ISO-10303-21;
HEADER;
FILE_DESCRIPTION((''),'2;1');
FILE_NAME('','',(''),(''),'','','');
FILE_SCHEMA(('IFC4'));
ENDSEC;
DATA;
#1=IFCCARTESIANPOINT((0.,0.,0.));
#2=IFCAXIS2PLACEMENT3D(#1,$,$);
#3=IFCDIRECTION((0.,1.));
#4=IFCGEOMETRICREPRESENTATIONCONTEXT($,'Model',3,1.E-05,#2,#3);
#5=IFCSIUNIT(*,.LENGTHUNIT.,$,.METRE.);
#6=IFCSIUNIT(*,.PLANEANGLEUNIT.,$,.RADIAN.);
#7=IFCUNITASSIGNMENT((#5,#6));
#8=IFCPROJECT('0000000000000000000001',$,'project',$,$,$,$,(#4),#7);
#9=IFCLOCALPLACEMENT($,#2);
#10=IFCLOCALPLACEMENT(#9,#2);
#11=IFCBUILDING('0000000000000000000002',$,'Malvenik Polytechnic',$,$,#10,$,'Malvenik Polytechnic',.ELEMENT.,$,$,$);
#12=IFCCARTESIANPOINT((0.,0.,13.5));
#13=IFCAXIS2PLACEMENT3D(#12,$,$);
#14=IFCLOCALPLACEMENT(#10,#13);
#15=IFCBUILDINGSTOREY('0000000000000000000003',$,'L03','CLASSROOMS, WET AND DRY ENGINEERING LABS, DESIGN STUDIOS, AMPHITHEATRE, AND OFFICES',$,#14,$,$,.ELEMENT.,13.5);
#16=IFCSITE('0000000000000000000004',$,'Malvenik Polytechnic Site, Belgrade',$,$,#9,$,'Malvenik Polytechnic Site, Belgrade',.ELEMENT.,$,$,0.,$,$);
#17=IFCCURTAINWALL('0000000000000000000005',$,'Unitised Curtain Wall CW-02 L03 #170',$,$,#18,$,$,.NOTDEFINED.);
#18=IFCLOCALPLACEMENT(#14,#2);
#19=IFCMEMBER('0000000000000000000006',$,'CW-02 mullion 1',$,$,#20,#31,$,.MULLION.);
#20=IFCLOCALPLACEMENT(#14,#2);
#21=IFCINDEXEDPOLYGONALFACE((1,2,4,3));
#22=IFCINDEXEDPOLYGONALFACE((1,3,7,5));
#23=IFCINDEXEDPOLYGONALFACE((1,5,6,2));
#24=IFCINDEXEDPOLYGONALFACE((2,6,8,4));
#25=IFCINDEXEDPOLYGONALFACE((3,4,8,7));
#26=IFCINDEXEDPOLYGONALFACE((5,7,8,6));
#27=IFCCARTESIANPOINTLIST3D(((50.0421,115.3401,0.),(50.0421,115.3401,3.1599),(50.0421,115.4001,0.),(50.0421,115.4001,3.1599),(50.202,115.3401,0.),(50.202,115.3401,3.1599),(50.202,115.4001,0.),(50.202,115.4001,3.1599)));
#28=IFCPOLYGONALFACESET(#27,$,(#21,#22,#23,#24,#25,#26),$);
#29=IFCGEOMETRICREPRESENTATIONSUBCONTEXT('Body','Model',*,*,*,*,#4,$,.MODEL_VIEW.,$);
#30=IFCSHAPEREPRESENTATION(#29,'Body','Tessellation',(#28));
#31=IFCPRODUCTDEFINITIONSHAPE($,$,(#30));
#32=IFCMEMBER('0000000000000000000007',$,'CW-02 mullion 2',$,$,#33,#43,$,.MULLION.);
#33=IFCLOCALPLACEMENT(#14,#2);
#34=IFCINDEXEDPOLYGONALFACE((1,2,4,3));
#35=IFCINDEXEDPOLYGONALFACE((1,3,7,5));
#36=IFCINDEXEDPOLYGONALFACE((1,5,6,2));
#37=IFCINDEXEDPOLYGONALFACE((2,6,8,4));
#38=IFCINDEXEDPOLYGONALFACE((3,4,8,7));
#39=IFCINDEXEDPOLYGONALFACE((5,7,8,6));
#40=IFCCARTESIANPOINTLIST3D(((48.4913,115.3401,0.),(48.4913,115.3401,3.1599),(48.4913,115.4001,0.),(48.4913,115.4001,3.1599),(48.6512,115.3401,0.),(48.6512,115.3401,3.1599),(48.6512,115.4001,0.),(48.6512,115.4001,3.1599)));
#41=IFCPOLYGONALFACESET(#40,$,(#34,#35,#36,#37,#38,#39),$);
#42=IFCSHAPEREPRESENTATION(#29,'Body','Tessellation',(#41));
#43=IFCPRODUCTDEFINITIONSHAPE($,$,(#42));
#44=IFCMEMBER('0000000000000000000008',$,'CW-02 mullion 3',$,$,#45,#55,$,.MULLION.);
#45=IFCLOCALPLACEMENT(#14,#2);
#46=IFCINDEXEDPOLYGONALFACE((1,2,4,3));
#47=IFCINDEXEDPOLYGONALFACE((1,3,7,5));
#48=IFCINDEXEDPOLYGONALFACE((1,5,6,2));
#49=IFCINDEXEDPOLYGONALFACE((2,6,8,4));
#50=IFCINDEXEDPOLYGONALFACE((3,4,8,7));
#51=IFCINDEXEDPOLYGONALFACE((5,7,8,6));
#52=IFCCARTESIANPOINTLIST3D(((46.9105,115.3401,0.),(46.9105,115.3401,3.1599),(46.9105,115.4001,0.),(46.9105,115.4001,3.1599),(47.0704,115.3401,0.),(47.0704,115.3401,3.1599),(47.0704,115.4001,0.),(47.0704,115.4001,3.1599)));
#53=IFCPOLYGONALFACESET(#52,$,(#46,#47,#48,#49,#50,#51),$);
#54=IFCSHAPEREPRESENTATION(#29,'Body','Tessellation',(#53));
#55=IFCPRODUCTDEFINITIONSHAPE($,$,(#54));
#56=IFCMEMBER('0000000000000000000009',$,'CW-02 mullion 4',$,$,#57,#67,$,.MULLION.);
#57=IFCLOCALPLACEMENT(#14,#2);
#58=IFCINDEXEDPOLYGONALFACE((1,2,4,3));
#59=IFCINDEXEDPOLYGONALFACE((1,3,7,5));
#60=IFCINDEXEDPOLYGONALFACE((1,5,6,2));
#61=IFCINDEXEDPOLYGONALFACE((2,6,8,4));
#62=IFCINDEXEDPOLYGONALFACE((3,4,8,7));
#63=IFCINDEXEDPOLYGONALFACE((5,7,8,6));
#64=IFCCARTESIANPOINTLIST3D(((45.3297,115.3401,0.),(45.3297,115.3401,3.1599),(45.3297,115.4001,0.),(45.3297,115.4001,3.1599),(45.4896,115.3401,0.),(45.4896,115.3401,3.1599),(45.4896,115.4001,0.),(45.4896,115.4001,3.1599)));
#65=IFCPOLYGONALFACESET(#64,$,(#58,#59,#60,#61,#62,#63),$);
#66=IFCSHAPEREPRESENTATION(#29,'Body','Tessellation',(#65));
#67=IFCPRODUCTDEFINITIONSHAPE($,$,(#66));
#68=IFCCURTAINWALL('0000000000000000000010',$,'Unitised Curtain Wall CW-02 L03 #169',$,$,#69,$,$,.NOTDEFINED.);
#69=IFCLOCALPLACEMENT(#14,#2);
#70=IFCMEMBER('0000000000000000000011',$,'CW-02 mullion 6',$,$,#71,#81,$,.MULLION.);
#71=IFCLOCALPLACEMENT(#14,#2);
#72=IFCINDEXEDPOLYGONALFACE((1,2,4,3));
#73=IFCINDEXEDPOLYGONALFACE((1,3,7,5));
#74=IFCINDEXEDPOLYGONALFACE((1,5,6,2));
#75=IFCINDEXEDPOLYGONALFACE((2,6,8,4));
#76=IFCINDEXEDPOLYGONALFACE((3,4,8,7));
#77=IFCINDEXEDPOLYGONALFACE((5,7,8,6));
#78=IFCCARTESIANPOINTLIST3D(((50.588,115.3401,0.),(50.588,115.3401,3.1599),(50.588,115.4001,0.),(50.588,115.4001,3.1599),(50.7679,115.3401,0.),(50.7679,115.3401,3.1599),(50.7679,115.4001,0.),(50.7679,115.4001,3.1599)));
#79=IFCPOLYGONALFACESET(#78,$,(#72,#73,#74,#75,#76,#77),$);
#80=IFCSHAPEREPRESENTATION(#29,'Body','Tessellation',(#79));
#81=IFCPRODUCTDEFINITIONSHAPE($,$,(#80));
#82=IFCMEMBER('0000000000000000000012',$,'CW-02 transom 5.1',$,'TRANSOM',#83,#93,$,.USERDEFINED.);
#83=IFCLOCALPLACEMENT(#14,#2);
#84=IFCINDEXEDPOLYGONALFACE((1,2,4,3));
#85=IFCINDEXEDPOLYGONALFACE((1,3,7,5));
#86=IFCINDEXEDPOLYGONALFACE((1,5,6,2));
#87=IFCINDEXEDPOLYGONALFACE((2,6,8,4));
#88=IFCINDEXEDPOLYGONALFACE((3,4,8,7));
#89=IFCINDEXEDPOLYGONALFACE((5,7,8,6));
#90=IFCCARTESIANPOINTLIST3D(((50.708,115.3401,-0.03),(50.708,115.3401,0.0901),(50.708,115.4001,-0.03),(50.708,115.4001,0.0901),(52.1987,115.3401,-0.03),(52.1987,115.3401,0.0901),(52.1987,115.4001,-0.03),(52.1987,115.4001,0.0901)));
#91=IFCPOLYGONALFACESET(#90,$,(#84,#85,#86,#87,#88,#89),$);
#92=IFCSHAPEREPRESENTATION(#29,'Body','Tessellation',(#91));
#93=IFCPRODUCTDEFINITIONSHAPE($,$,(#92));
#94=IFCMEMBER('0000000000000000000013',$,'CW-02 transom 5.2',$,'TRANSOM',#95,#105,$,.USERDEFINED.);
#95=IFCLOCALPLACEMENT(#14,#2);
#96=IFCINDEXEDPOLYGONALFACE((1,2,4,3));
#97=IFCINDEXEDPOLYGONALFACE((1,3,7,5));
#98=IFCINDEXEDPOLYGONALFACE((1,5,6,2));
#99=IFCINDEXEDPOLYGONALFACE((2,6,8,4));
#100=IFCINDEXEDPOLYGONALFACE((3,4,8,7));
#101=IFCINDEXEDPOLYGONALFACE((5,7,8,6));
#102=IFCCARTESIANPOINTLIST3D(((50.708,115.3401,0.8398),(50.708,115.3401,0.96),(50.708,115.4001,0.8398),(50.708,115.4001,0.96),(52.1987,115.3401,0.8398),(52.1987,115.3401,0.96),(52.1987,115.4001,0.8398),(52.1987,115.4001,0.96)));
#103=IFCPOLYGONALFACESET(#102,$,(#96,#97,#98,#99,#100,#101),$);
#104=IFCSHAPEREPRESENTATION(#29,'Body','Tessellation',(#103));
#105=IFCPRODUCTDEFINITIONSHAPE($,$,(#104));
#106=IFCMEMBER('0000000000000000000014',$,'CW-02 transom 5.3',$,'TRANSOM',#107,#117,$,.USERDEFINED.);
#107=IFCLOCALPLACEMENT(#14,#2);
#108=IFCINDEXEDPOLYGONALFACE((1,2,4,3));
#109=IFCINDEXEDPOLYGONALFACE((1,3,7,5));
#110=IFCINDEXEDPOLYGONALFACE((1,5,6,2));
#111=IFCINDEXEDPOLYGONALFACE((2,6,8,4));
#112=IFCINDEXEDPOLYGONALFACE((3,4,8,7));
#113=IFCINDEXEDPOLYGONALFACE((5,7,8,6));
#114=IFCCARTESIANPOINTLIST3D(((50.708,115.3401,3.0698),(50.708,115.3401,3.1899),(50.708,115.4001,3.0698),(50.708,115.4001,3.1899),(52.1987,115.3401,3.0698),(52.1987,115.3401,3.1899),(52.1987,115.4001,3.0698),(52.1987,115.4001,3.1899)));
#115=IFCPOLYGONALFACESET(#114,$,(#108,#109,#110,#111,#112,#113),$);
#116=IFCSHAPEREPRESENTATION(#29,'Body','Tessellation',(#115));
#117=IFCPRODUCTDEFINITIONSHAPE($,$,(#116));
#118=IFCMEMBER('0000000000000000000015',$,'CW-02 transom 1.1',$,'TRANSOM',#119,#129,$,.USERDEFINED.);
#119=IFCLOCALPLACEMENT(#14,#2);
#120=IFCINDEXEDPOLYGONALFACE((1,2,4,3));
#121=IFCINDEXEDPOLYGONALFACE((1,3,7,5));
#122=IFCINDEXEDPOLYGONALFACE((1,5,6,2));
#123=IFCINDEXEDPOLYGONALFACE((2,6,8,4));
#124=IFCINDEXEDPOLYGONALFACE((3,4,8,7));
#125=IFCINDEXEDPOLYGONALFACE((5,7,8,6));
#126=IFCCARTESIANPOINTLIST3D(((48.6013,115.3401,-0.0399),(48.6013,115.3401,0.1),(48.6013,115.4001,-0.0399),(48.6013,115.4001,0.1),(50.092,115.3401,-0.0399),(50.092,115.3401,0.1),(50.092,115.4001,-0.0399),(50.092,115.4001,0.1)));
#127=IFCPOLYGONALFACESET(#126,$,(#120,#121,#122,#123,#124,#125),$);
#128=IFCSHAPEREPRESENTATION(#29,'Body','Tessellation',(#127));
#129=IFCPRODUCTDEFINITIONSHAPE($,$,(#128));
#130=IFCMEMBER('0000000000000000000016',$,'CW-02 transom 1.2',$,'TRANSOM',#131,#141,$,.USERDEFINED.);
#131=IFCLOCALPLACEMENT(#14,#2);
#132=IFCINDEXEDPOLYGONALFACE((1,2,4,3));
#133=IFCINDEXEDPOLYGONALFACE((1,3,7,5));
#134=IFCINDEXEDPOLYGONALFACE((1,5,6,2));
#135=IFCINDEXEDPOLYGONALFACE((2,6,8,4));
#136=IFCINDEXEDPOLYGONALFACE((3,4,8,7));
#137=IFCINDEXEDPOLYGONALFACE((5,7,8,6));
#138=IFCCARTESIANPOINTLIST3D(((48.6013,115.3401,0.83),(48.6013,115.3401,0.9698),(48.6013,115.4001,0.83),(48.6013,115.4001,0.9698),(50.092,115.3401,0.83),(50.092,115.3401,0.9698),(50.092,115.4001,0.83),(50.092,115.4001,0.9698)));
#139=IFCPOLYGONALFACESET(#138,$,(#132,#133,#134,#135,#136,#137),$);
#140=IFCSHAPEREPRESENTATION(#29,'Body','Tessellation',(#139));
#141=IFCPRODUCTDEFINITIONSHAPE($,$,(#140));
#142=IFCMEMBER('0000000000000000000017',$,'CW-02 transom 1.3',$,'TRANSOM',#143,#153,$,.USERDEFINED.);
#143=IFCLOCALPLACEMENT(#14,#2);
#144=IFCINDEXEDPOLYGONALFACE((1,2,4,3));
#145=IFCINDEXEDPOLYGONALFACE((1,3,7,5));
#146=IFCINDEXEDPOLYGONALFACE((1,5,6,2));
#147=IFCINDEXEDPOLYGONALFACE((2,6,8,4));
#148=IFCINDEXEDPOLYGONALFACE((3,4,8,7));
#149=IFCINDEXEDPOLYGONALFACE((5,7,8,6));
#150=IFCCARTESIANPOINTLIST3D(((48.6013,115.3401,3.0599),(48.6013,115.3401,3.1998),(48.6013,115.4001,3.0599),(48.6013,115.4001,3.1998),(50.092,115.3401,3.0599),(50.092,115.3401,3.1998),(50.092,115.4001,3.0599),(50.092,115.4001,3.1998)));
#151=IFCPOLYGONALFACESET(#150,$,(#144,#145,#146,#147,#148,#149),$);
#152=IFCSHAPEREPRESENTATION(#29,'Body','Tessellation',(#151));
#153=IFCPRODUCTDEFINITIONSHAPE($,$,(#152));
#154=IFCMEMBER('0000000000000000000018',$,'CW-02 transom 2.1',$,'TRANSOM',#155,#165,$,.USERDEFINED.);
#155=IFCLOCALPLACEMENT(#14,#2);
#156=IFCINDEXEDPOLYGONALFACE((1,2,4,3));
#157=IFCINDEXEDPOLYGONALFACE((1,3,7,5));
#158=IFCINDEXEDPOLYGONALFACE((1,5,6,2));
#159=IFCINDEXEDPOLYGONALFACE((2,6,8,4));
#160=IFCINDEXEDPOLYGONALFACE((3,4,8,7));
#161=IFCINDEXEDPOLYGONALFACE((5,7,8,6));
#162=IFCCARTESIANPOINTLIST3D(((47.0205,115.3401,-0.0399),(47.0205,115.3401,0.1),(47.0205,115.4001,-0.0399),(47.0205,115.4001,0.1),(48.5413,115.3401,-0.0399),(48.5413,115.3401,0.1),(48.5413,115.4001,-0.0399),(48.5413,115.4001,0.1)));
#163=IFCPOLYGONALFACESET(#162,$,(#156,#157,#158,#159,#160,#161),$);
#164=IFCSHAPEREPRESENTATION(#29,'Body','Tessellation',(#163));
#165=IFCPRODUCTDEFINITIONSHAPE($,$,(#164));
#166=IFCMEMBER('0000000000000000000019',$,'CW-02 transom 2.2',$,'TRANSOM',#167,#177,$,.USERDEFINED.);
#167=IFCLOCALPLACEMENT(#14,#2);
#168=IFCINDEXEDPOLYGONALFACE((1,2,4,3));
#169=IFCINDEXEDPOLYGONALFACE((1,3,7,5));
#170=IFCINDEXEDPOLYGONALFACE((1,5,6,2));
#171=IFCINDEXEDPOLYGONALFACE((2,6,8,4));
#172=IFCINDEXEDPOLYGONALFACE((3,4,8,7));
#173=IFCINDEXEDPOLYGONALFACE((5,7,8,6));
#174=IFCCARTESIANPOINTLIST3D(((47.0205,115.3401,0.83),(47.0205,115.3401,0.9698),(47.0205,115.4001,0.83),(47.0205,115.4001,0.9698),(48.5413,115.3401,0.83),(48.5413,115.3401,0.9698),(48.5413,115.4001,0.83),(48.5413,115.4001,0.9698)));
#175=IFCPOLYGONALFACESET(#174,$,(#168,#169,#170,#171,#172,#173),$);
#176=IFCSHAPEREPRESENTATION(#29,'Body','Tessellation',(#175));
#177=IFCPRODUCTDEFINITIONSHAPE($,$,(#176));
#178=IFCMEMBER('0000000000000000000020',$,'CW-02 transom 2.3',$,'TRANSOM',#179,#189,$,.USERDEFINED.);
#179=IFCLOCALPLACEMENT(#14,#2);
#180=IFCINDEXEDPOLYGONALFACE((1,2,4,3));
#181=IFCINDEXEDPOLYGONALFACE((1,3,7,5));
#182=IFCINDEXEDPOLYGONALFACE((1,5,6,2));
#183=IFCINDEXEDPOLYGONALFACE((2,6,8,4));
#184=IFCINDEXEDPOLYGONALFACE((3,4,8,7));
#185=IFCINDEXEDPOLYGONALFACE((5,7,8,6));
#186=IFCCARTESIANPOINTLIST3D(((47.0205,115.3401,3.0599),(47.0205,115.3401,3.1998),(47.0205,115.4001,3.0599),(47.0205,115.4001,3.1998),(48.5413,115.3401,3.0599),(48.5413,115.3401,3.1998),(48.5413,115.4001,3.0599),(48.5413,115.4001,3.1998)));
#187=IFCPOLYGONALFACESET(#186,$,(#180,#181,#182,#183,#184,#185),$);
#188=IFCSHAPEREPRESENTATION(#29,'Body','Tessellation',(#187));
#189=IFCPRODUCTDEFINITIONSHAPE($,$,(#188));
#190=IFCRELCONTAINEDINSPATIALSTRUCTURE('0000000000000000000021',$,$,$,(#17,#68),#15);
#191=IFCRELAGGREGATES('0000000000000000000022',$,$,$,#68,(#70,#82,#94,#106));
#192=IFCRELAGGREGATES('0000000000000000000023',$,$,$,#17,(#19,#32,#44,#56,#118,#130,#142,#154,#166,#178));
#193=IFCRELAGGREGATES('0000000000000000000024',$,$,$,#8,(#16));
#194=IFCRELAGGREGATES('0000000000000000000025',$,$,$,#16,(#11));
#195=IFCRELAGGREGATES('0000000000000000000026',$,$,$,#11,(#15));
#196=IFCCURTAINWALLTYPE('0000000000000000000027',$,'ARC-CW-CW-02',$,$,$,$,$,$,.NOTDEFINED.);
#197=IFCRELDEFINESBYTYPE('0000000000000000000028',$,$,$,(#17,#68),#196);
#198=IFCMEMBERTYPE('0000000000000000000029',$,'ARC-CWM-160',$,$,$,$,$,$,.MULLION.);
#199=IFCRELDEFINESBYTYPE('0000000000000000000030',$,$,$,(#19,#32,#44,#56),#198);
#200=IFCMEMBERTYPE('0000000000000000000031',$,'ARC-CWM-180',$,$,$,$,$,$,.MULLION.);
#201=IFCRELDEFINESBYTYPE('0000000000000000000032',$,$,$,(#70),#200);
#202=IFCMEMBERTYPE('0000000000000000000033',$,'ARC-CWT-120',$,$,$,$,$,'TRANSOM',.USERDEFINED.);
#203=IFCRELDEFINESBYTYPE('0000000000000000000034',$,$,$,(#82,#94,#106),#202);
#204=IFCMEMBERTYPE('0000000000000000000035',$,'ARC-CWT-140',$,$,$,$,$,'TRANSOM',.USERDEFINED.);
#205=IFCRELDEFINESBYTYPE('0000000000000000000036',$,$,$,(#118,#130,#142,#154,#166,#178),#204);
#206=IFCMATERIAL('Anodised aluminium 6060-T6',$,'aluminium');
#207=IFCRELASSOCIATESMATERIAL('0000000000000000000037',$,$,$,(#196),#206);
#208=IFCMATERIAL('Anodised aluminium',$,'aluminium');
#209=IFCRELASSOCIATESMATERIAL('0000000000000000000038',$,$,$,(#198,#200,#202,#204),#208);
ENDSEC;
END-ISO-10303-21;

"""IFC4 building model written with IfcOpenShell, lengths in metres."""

from ifc_helpers import new_model, si_unit, direction, frame, origin, origin_2d, place, context, subcontext, project, spatial, rectangle, extrude, material, material_profile, profile_set, type_object, element, aggregate, save


model = new_model("IFC4")

# Units and contexts
model_context = context("Model", 3, precision=1e-05, world=origin(), true_north=direction((0.0, 1.0)))
body_context = subcontext(model_context, "Body", "Model", "MODEL_VIEW")
ifc_project = project(units=[si_unit("LENGTHUNIT", "METRE"), si_unit("PLANEANGLEUNIT", "RADIAN")], contexts=[model_context])

# Site, building, storey
site_placement = place(None, origin())
site = spatial("IfcSite", under=ifc_project, at=site_placement, Name="Malvenik Polytechnic Site, Belgrade", LongName="Malvenik Polytechnic Site, Belgrade", CompositionType="ELEMENT", RefElevation=0.0)
building_placement = place(site_placement, origin())
building = spatial("IfcBuilding", under=site, at=building_placement, Name="Malvenik Polytechnic", LongName="Malvenik Polytechnic", CompositionType="ELEMENT")
storey_placement = place(building_placement, frame((0.0, 0.0, 13.5)))
storey = spatial("IfcBuildingStorey", under=building, at=storey_placement, Name="L03", Description="CLASSROOMS, WET AND DRY ENGINEERING LABS, DESIGN STUDIOS, AMPHITHEATRE, AND OFFICES", CompositionType="ELEMENT", Elevation=13.5)

# Curtain walls, members
ifc_material_1 = material(Name="Anodised aluminium 6060-T6", Category="aluminium")
curtain_wall_type = type_object("IfcCurtainWallType", Name="ARC-CW-CW-02", PredefinedType="NOTDEFINED", material=ifc_material_1)
curtain_wall_1_placement = place(storey_placement, origin())
curtain_wall_1 = element("IfcCurtainWall", 1, at=curtain_wall_1_placement, inside=storey, type_object=curtain_wall_type, Name="Unitised Curtain Wall CW-02 L03 #170", PredefinedType="NOTDEFINED")
ifc_material_2 = material(Name="Anodised aluminium", Category="aluminium")
ifc_material_profile_1 = material_profile(ifc_material_2, rectangle(XDim=0.0601, YDim=0.1599, at=origin_2d()), Name="ALU MULLION 60x160")
ifc_profile_set_1 = profile_set([ifc_material_profile_1], Name="Anodised aluminium")
member_type_1 = type_object("IfcMemberType", Name="ARC-CWM-160", PredefinedType="MULLION", material=ifc_profile_set_1)
member_1_placement = place(storey_placement, frame((50.1221, 115.3701, 0.0), z_axis=(0.0, 0.0, 1.0), x_axis=(0.0, -1.0, 0.0)))
member_1 = element("IfcMember", 2, at=member_1_placement, type_object=member_type_1, Name="CW-02 mullion 1", PredefinedType="MULLION", context=body_context, shape_type="SweptSolid", body=[
    extrude(rectangle(XDim=0.0601, YDim=0.1599, at=origin_2d()), origin(), (0.0, 0.0, 1.0), 3.1599),
])
member_2_placement = place(storey_placement, frame((48.5713, 115.3701, 0.0), z_axis=(0.0, 0.0, 1.0), x_axis=(0.0, -1.0, 0.0)))
member_2 = element("IfcMember", 3, at=member_2_placement, type_object=member_type_1, Name="CW-02 mullion 2", PredefinedType="MULLION", context=body_context, shape_type="SweptSolid", body=[
    extrude(rectangle(XDim=0.0601, YDim=0.1599, at=origin_2d()), origin(), (0.0, 0.0, 1.0), 3.1599),
])
member_3_placement = place(storey_placement, frame((46.9905, 115.3701, 0.0), z_axis=(0.0, 0.0, 1.0), x_axis=(0.0, -1.0, 0.0)))
member_3 = element("IfcMember", 4, at=member_3_placement, type_object=member_type_1, Name="CW-02 mullion 3", PredefinedType="MULLION", context=body_context, shape_type="SweptSolid", body=[
    extrude(rectangle(XDim=0.0601, YDim=0.1599, at=origin_2d()), origin(), (0.0, 0.0, 1.0), 3.1599),
])
member_4_placement = place(storey_placement, frame((45.4097, 115.3701, 0.0), z_axis=(0.0, 0.0, 1.0), x_axis=(0.0, -1.0, 0.0)))
member_4 = element("IfcMember", 5, at=member_4_placement, type_object=member_type_1, Name="CW-02 mullion 4", PredefinedType="MULLION", context=body_context, shape_type="SweptSolid", body=[
    extrude(rectangle(XDim=0.0601, YDim=0.1599, at=origin_2d()), origin(), (0.0, 0.0, 1.0), 3.1599),
])
curtain_wall_2_placement = place(storey_placement, origin())
curtain_wall_2 = element("IfcCurtainWall", 6, at=curtain_wall_2_placement, inside=storey, type_object=curtain_wall_type, Name="Unitised Curtain Wall CW-02 L03 #169", PredefinedType="NOTDEFINED")
ifc_material_profile_2 = material_profile(ifc_material_2, rectangle(XDim=0.0601, YDim=0.1799, at=origin_2d()), Name="ALU MULLION 60x180")
ifc_profile_set_2 = profile_set([ifc_material_profile_2], Name="Anodised aluminium")
member_type_2 = type_object("IfcMemberType", Name="ARC-CWM-180", PredefinedType="MULLION", material=ifc_profile_set_2)
member_5_placement = place(storey_placement, frame((50.678, 115.3701, 0.0), z_axis=(0.0, 0.0, 1.0), x_axis=(0.0, -1.0, 0.0)))
member_5 = element("IfcMember", 7, at=member_5_placement, type_object=member_type_2, Name="CW-02 mullion 6", PredefinedType="MULLION", context=body_context, shape_type="SweptSolid", body=[
    extrude(rectangle(XDim=0.0601, YDim=0.1799, at=origin_2d()), origin(), (0.0, 0.0, 1.0), 3.1599),
])
ifc_material_profile_3 = material_profile(ifc_material_2, rectangle(XDim=0.0601, YDim=0.1201, at=origin_2d()), Name="ALU TRANSOM 60x120")
ifc_profile_set_3 = profile_set([ifc_material_profile_3], Name="Anodised aluminium")
member_type_3 = type_object("IfcMemberType", Name="ARC-CWT-120", ElementType="TRANSOM", PredefinedType="USERDEFINED", material=ifc_profile_set_3)
member_6_placement = place(storey_placement, frame((52.1987, 115.3701, 0.03), z_axis=(-1.0, 0.0, 0.0), x_axis=(0.0, -1.0, 0.0)))
member_6 = element("IfcMember", 8, at=member_6_placement, type_object=member_type_3, Name="CW-02 transom 5.1", ObjectType="TRANSOM", PredefinedType="USERDEFINED", context=body_context, shape_type="SweptSolid", body=[
    extrude(rectangle(XDim=0.0601, YDim=0.1201, at=origin_2d()), origin(), (0.0, 0.0, 1.0), 1.4907),
])
member_7_placement = place(storey_placement, frame((52.1987, 115.3701, 0.8999), z_axis=(-1.0, 0.0, 0.0), x_axis=(0.0, -1.0, 0.0)))
member_7 = element("IfcMember", 9, at=member_7_placement, type_object=member_type_3, Name="CW-02 transom 5.2", ObjectType="TRANSOM", PredefinedType="USERDEFINED", context=body_context, shape_type="SweptSolid", body=[
    extrude(rectangle(XDim=0.0601, YDim=0.1201, at=origin_2d()), origin(), (0.0, 0.0, 1.0), 1.4907),
])
member_8_placement = place(storey_placement, frame((52.1987, 115.3701, 3.1299), z_axis=(-1.0, 0.0, 0.0), x_axis=(0.0, -1.0, 0.0)))
member_8 = element("IfcMember", 10, at=member_8_placement, type_object=member_type_3, Name="CW-02 transom 5.3", ObjectType="TRANSOM", PredefinedType="USERDEFINED", context=body_context, shape_type="SweptSolid", body=[
    extrude(rectangle(XDim=0.0601, YDim=0.1201, at=origin_2d()), origin(), (0.0, 0.0, 1.0), 1.4907),
])

# Members
ifc_material_profile_4 = material_profile(ifc_material_2, rectangle(XDim=0.0601, YDim=0.1399, at=origin_2d()), Name="ALU TRANSOM 60x140")
ifc_profile_set_4 = profile_set([ifc_material_profile_4], Name="Anodised aluminium")
member_type_4 = type_object("IfcMemberType", Name="ARC-CWT-140", ElementType="TRANSOM", PredefinedType="USERDEFINED", material=ifc_profile_set_4)
member_9_placement = place(storey_placement, frame((50.092, 115.3701, 0.03), z_axis=(-1.0, 0.0, 0.0), x_axis=(0.0, -1.0, 0.0)))
member_9 = element("IfcMember", 11, at=member_9_placement, type_object=member_type_4, Name="CW-02 transom 1.1", ObjectType="TRANSOM", PredefinedType="USERDEFINED", context=body_context, shape_type="SweptSolid", body=[
    extrude(rectangle(XDim=0.0601, YDim=0.1399, at=origin_2d()), origin(), (0.0, 0.0, 1.0), 1.4907),
])
member_10_placement = place(storey_placement, frame((50.092, 115.3701, 0.8999), z_axis=(-1.0, 0.0, 0.0), x_axis=(0.0, -1.0, 0.0)))
member_10 = element("IfcMember", 12, at=member_10_placement, type_object=member_type_4, Name="CW-02 transom 1.2", ObjectType="TRANSOM", PredefinedType="USERDEFINED", context=body_context, shape_type="SweptSolid", body=[
    extrude(rectangle(XDim=0.0601, YDim=0.1399, at=origin_2d()), origin(), (0.0, 0.0, 1.0), 1.4907),
])
member_11_placement = place(storey_placement, frame((50.092, 115.3701, 3.1299), z_axis=(-1.0, 0.0, 0.0), x_axis=(0.0, -1.0, 0.0)))
member_11 = element("IfcMember", 13, at=member_11_placement, type_object=member_type_4, Name="CW-02 transom 1.3", ObjectType="TRANSOM", PredefinedType="USERDEFINED", context=body_context, shape_type="SweptSolid", body=[
    extrude(rectangle(XDim=0.0601, YDim=0.1399, at=origin_2d()), origin(), (0.0, 0.0, 1.0), 1.4907),
])
member_12_placement = place(storey_placement, frame((48.5413, 115.3701, 0.03), z_axis=(-1.0, 0.0, 0.0), x_axis=(0.0, -1.0, 0.0)))
member_12 = element("IfcMember", 14, at=member_12_placement, type_object=member_type_4, Name="CW-02 transom 2.1", ObjectType="TRANSOM", PredefinedType="USERDEFINED", context=body_context, shape_type="SweptSolid", body=[
    extrude(rectangle(XDim=0.0601, YDim=0.1399, at=origin_2d()), origin(), (0.0, 0.0, 1.0), 1.5208),
])
member_13_placement = place(storey_placement, frame((48.5413, 115.3701, 0.8999), z_axis=(-1.0, 0.0, 0.0), x_axis=(0.0, -1.0, 0.0)))
member_13 = element("IfcMember", 15, at=member_13_placement, type_object=member_type_4, Name="CW-02 transom 2.2", ObjectType="TRANSOM", PredefinedType="USERDEFINED", context=body_context, shape_type="SweptSolid", body=[
    extrude(rectangle(XDim=0.0601, YDim=0.1399, at=origin_2d()), origin(), (0.0, 0.0, 1.0), 1.5208),
])
member_14_placement = place(storey_placement, frame((48.5413, 115.3701, 3.1299), z_axis=(-1.0, 0.0, 0.0), x_axis=(0.0, -1.0, 0.0)))
member_14 = element("IfcMember", 16, at=member_14_placement, type_object=member_type_4, Name="CW-02 transom 2.3", ObjectType="TRANSOM", PredefinedType="USERDEFINED", context=body_context, shape_type="SweptSolid", body=[
    extrude(rectangle(XDim=0.0601, YDim=0.1399, at=origin_2d()), origin(), (0.0, 0.0, 1.0), 1.5208),
])

aggregate(curtain_wall_2, [member_5, member_6, member_7, member_8])
aggregate(curtain_wall_1, [member_1, member_2, member_3, member_4, member_9, member_10, member_11, member_12, member_13, member_14])

save(model, "model.ifc")
